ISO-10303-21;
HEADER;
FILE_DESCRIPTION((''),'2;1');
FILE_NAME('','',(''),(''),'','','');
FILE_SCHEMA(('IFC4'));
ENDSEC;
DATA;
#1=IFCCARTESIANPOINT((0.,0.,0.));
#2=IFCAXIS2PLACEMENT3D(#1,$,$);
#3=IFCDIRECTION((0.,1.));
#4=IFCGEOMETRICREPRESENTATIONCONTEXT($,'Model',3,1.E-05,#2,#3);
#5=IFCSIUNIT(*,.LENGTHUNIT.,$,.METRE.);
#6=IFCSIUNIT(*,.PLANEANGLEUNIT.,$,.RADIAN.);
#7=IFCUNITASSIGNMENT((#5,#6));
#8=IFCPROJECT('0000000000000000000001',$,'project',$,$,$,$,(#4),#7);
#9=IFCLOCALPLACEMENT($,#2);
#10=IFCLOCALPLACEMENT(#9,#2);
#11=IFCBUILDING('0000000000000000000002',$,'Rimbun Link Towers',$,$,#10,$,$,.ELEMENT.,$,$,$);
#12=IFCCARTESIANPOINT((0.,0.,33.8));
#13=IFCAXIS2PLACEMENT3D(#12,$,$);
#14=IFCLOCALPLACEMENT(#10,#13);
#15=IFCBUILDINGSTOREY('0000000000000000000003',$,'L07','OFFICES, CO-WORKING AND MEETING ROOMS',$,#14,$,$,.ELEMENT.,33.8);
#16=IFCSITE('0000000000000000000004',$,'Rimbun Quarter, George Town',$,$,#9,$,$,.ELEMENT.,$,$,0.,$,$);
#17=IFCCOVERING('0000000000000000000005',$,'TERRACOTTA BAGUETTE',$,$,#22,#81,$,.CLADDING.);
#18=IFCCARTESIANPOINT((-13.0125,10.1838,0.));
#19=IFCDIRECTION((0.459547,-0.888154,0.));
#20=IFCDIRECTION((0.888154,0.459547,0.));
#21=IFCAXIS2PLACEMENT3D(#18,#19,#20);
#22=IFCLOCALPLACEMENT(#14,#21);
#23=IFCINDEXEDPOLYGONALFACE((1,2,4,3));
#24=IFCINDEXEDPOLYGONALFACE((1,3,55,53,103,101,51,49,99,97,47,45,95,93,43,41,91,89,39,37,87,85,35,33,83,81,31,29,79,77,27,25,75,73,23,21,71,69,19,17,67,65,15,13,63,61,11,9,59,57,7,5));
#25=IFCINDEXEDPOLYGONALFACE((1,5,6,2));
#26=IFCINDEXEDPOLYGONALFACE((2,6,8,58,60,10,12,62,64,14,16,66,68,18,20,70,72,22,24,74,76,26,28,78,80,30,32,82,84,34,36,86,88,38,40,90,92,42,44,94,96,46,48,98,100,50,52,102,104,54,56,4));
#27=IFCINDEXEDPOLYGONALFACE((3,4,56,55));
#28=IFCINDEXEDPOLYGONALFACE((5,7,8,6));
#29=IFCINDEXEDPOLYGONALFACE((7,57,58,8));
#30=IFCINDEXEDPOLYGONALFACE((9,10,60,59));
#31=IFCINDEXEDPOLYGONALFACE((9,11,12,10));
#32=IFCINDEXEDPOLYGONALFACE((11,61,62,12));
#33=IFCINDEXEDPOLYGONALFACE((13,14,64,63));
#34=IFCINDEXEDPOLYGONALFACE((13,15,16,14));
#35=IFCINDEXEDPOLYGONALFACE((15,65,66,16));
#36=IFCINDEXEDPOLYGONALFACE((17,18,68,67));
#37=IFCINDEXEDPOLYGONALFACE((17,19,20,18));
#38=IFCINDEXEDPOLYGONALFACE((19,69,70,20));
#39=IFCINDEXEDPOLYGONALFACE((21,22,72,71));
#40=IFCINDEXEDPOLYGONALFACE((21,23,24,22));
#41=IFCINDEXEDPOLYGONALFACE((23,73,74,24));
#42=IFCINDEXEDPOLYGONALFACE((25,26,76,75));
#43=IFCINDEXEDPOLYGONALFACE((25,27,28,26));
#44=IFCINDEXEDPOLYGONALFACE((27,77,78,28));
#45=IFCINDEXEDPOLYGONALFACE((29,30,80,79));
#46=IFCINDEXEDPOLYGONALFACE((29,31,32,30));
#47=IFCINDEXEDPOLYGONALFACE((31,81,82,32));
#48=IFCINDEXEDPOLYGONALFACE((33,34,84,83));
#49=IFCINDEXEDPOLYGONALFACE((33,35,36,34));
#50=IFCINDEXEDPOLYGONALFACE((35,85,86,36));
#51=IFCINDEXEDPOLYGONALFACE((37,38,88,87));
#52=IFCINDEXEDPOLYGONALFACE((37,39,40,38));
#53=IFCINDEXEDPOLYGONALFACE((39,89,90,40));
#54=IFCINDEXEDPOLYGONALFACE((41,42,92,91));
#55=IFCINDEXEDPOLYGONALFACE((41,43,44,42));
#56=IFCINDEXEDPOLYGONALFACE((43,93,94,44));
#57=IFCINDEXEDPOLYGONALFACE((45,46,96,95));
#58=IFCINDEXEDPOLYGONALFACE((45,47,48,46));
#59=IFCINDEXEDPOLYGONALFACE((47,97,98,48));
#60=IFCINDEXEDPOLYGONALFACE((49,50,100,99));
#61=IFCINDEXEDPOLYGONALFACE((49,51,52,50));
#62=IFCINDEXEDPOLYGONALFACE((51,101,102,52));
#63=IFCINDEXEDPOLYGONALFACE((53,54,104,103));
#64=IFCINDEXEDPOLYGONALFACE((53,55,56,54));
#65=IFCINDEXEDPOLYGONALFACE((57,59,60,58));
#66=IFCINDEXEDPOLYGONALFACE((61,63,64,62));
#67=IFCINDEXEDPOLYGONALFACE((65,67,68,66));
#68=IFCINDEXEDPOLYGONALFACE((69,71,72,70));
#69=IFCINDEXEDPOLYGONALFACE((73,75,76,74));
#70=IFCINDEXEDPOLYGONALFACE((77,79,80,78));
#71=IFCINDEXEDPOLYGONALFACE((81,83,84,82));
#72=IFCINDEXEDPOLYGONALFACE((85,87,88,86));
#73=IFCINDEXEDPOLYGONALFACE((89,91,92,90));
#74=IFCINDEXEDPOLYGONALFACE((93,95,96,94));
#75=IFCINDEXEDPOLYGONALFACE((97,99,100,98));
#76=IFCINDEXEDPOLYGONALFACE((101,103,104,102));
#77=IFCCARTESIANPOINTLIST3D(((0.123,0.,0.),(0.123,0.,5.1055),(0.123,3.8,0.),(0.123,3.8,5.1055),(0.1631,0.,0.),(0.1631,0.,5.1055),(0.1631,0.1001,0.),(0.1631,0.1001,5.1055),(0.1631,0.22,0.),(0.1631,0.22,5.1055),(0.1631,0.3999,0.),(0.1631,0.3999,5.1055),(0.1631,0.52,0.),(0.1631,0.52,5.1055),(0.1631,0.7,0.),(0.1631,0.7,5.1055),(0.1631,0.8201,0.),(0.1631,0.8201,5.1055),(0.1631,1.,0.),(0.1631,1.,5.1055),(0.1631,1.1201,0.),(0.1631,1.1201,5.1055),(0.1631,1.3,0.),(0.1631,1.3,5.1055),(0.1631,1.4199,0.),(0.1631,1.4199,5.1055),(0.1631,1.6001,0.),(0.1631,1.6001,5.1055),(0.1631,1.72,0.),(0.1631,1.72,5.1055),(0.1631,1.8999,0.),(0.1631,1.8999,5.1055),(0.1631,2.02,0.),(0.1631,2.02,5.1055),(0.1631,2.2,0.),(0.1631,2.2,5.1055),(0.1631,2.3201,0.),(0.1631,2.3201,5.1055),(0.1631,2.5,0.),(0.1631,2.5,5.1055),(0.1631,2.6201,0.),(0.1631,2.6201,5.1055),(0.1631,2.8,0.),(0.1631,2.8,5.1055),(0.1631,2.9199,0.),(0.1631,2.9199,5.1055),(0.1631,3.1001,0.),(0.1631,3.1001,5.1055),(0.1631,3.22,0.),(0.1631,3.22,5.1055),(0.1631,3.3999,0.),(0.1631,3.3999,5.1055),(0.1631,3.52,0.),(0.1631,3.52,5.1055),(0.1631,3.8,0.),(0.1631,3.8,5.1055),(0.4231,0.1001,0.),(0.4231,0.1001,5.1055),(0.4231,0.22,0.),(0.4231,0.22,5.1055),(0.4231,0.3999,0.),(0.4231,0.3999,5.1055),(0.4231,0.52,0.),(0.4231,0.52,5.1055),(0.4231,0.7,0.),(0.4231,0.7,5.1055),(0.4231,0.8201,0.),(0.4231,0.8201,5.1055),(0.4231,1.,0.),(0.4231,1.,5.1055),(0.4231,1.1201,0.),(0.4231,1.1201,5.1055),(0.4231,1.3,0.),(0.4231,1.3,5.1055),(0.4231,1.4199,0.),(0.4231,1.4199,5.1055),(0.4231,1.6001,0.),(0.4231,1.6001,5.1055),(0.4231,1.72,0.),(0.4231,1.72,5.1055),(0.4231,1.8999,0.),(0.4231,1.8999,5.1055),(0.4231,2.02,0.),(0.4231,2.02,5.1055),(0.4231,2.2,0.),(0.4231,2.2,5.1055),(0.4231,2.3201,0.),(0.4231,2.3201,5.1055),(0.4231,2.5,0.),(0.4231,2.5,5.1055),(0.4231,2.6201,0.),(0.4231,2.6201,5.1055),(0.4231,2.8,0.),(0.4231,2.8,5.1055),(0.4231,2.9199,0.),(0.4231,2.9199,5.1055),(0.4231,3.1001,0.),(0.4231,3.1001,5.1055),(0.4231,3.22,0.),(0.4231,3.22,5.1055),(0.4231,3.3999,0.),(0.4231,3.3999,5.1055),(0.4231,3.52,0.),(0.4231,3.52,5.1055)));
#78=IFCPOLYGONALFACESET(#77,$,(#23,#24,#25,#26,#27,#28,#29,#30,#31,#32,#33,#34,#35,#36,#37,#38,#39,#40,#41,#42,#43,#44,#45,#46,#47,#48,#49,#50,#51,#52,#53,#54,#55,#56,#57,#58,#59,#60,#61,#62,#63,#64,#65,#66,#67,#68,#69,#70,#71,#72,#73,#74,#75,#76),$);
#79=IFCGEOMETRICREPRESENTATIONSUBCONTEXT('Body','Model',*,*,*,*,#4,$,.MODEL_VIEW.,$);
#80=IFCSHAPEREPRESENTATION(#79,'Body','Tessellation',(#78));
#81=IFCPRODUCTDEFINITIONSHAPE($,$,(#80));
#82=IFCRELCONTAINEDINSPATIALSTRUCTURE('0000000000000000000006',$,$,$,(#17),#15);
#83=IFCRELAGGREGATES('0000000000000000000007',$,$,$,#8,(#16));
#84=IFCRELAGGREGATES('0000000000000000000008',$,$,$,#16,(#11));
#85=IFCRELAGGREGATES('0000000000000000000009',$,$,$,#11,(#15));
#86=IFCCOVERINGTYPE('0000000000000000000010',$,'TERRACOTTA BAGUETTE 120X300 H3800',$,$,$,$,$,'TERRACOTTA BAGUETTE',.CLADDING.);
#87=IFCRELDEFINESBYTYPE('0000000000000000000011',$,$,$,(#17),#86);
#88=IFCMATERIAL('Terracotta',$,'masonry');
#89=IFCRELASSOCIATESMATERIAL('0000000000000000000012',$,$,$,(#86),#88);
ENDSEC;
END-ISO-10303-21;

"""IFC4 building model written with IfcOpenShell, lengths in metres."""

from ifc_helpers import new_model, si_unit, direction, frame, origin, place, context, subcontext, project, spatial, polyline, outline, extrude, material, material_profile, profile_set, type_object, element, save


model = new_model("IFC4")

# Units and contexts
model_context = context("Model", 3, precision=1e-05, world=origin(), true_north=direction((0.0, 1.0)))
body_context = subcontext(model_context, "Body", "Model", "MODEL_VIEW")
ifc_project = project(units=[si_unit("LENGTHUNIT", "METRE"), si_unit("PLANEANGLEUNIT", "RADIAN")], contexts=[model_context])

# Site, building, storey
site_placement = place(None, origin())
site = spatial("IfcSite", under=ifc_project, at=site_placement, Name="Rimbun Quarter, George Town", CompositionType="ELEMENT", RefElevation=0.0)
building_placement = place(site_placement, origin())
building = spatial("IfcBuilding", under=site, at=building_placement, Name="Rimbun Link Towers", CompositionType="ELEMENT")
storey_placement = place(building_placement, frame((0.0, 0.0, 33.8)))
storey = spatial("IfcBuildingStorey", under=building, at=storey_placement, Name="L07", Description="OFFICES, CO-WORKING AND MEETING ROOMS", CompositionType="ELEMENT", Elevation=33.8)

# Covering
ifc_material_1 = material(Name="Terracotta", Category="masonry")
ifc_material_profile_1 = material_profile(ifc_material_1, outline(polyline([(0.123, 0.0), (0.1631, 0.0), (0.1631, 0.1001), (0.4231, 0.1001), (0.4231, 0.22), (0.1631, 0.22), (0.1631, 0.3999), (0.4231, 0.3999), (0.4231, 0.52), (0.1631, 0.52), (0.1631, 0.7), (0.4231, 0.7), (0.4231, 0.8201), (0.1631, 0.8201), (0.1631, 1.0), (0.4231, 1.0), (0.4231, 1.1201), (0.1631, 1.1201), (0.1631, 1.3), (0.4231, 1.3), (0.4231, 1.4199), (0.1631, 1.4199), (0.1631, 1.6001), (0.4231, 1.6001), (0.4231, 1.72), (0.1631, 1.72), (0.1631, 1.8999), (0.4231, 1.8999), (0.4231, 2.02), (0.1631, 2.02), (0.1631, 2.2), (0.4231, 2.2), (0.4231, 2.3201), (0.1631, 2.3201), (0.1631, 2.5), (0.4231, 2.5), (0.4231, 2.6201), (0.1631, 2.6201), (0.1631, 2.8), (0.4231, 2.8), (0.4231, 2.9199), (0.1631, 2.9199), (0.1631, 3.1001), (0.4231, 3.1001), (0.4231, 3.22), (0.1631, 3.22), (0.1631, 3.3999), (0.4231, 3.3999), (0.4231, 3.52), (0.1631, 3.52), (0.1631, 3.8), (0.123, 3.8), (0.123, 0.0)])), Name="BAGUETTE 120X300")
ifc_profile_set_1 = profile_set([ifc_material_profile_1], Name="Terracotta")
covering_type_1 = type_object("IfcCoveringType", Name="TERRACOTTA BAGUETTE 120X300 H3800", ElementType="TERRACOTTA BAGUETTE", PredefinedType="CLADDING", material=ifc_profile_set_1)
covering_1_placement = place(storey_placement, frame((-13.0125, 10.1838, 0.0), z_axis=(0.459547, -0.888154, 0.0), x_axis=(0.888154, 0.459547, 0.0)))
element("IfcCovering", 1, at=covering_1_placement, inside=storey, type_object=covering_type_1, Name="TERRACOTTA BAGUETTE", PredefinedType="CLADDING", context=body_context, shape_type="SweptSolid", body=[
    extrude(outline(polyline([(0.123, 0.0), (0.1631, 0.0), (0.1631, 0.1001), (0.4231, 0.1001), (0.4231, 0.22), (0.1631, 0.22), (0.1631, 0.3999), (0.4231, 0.3999), (0.4231, 0.52), (0.1631, 0.52), (0.1631, 0.7), (0.4231, 0.7), (0.4231, 0.8201), (0.1631, 0.8201), (0.1631, 1.0), (0.4231, 1.0), (0.4231, 1.1201), (0.1631, 1.1201), (0.1631, 1.3), (0.4231, 1.3), (0.4231, 1.4199), (0.1631, 1.4199), (0.1631, 1.6001), (0.4231, 1.6001), (0.4231, 1.72), (0.1631, 1.72), (0.1631, 1.8999), (0.4231, 1.8999), (0.4231, 2.02), (0.1631, 2.02), (0.1631, 2.2), (0.4231, 2.2), (0.4231, 2.3201), (0.1631, 2.3201), (0.1631, 2.5), (0.4231, 2.5), (0.4231, 2.6201), (0.1631, 2.6201), (0.1631, 2.8), (0.4231, 2.8), (0.4231, 2.9199), (0.1631, 2.9199), (0.1631, 3.1001), (0.4231, 3.1001), (0.4231, 3.22), (0.1631, 3.22), (0.1631, 3.3999), (0.4231, 3.3999), (0.4231, 3.52), (0.1631, 3.52), (0.1631, 3.8), (0.123, 3.8), (0.123, 0.0)])), origin(), (0.0, 0.0, 1.0), 5.1055),
])

save(model, "model.ifc")
